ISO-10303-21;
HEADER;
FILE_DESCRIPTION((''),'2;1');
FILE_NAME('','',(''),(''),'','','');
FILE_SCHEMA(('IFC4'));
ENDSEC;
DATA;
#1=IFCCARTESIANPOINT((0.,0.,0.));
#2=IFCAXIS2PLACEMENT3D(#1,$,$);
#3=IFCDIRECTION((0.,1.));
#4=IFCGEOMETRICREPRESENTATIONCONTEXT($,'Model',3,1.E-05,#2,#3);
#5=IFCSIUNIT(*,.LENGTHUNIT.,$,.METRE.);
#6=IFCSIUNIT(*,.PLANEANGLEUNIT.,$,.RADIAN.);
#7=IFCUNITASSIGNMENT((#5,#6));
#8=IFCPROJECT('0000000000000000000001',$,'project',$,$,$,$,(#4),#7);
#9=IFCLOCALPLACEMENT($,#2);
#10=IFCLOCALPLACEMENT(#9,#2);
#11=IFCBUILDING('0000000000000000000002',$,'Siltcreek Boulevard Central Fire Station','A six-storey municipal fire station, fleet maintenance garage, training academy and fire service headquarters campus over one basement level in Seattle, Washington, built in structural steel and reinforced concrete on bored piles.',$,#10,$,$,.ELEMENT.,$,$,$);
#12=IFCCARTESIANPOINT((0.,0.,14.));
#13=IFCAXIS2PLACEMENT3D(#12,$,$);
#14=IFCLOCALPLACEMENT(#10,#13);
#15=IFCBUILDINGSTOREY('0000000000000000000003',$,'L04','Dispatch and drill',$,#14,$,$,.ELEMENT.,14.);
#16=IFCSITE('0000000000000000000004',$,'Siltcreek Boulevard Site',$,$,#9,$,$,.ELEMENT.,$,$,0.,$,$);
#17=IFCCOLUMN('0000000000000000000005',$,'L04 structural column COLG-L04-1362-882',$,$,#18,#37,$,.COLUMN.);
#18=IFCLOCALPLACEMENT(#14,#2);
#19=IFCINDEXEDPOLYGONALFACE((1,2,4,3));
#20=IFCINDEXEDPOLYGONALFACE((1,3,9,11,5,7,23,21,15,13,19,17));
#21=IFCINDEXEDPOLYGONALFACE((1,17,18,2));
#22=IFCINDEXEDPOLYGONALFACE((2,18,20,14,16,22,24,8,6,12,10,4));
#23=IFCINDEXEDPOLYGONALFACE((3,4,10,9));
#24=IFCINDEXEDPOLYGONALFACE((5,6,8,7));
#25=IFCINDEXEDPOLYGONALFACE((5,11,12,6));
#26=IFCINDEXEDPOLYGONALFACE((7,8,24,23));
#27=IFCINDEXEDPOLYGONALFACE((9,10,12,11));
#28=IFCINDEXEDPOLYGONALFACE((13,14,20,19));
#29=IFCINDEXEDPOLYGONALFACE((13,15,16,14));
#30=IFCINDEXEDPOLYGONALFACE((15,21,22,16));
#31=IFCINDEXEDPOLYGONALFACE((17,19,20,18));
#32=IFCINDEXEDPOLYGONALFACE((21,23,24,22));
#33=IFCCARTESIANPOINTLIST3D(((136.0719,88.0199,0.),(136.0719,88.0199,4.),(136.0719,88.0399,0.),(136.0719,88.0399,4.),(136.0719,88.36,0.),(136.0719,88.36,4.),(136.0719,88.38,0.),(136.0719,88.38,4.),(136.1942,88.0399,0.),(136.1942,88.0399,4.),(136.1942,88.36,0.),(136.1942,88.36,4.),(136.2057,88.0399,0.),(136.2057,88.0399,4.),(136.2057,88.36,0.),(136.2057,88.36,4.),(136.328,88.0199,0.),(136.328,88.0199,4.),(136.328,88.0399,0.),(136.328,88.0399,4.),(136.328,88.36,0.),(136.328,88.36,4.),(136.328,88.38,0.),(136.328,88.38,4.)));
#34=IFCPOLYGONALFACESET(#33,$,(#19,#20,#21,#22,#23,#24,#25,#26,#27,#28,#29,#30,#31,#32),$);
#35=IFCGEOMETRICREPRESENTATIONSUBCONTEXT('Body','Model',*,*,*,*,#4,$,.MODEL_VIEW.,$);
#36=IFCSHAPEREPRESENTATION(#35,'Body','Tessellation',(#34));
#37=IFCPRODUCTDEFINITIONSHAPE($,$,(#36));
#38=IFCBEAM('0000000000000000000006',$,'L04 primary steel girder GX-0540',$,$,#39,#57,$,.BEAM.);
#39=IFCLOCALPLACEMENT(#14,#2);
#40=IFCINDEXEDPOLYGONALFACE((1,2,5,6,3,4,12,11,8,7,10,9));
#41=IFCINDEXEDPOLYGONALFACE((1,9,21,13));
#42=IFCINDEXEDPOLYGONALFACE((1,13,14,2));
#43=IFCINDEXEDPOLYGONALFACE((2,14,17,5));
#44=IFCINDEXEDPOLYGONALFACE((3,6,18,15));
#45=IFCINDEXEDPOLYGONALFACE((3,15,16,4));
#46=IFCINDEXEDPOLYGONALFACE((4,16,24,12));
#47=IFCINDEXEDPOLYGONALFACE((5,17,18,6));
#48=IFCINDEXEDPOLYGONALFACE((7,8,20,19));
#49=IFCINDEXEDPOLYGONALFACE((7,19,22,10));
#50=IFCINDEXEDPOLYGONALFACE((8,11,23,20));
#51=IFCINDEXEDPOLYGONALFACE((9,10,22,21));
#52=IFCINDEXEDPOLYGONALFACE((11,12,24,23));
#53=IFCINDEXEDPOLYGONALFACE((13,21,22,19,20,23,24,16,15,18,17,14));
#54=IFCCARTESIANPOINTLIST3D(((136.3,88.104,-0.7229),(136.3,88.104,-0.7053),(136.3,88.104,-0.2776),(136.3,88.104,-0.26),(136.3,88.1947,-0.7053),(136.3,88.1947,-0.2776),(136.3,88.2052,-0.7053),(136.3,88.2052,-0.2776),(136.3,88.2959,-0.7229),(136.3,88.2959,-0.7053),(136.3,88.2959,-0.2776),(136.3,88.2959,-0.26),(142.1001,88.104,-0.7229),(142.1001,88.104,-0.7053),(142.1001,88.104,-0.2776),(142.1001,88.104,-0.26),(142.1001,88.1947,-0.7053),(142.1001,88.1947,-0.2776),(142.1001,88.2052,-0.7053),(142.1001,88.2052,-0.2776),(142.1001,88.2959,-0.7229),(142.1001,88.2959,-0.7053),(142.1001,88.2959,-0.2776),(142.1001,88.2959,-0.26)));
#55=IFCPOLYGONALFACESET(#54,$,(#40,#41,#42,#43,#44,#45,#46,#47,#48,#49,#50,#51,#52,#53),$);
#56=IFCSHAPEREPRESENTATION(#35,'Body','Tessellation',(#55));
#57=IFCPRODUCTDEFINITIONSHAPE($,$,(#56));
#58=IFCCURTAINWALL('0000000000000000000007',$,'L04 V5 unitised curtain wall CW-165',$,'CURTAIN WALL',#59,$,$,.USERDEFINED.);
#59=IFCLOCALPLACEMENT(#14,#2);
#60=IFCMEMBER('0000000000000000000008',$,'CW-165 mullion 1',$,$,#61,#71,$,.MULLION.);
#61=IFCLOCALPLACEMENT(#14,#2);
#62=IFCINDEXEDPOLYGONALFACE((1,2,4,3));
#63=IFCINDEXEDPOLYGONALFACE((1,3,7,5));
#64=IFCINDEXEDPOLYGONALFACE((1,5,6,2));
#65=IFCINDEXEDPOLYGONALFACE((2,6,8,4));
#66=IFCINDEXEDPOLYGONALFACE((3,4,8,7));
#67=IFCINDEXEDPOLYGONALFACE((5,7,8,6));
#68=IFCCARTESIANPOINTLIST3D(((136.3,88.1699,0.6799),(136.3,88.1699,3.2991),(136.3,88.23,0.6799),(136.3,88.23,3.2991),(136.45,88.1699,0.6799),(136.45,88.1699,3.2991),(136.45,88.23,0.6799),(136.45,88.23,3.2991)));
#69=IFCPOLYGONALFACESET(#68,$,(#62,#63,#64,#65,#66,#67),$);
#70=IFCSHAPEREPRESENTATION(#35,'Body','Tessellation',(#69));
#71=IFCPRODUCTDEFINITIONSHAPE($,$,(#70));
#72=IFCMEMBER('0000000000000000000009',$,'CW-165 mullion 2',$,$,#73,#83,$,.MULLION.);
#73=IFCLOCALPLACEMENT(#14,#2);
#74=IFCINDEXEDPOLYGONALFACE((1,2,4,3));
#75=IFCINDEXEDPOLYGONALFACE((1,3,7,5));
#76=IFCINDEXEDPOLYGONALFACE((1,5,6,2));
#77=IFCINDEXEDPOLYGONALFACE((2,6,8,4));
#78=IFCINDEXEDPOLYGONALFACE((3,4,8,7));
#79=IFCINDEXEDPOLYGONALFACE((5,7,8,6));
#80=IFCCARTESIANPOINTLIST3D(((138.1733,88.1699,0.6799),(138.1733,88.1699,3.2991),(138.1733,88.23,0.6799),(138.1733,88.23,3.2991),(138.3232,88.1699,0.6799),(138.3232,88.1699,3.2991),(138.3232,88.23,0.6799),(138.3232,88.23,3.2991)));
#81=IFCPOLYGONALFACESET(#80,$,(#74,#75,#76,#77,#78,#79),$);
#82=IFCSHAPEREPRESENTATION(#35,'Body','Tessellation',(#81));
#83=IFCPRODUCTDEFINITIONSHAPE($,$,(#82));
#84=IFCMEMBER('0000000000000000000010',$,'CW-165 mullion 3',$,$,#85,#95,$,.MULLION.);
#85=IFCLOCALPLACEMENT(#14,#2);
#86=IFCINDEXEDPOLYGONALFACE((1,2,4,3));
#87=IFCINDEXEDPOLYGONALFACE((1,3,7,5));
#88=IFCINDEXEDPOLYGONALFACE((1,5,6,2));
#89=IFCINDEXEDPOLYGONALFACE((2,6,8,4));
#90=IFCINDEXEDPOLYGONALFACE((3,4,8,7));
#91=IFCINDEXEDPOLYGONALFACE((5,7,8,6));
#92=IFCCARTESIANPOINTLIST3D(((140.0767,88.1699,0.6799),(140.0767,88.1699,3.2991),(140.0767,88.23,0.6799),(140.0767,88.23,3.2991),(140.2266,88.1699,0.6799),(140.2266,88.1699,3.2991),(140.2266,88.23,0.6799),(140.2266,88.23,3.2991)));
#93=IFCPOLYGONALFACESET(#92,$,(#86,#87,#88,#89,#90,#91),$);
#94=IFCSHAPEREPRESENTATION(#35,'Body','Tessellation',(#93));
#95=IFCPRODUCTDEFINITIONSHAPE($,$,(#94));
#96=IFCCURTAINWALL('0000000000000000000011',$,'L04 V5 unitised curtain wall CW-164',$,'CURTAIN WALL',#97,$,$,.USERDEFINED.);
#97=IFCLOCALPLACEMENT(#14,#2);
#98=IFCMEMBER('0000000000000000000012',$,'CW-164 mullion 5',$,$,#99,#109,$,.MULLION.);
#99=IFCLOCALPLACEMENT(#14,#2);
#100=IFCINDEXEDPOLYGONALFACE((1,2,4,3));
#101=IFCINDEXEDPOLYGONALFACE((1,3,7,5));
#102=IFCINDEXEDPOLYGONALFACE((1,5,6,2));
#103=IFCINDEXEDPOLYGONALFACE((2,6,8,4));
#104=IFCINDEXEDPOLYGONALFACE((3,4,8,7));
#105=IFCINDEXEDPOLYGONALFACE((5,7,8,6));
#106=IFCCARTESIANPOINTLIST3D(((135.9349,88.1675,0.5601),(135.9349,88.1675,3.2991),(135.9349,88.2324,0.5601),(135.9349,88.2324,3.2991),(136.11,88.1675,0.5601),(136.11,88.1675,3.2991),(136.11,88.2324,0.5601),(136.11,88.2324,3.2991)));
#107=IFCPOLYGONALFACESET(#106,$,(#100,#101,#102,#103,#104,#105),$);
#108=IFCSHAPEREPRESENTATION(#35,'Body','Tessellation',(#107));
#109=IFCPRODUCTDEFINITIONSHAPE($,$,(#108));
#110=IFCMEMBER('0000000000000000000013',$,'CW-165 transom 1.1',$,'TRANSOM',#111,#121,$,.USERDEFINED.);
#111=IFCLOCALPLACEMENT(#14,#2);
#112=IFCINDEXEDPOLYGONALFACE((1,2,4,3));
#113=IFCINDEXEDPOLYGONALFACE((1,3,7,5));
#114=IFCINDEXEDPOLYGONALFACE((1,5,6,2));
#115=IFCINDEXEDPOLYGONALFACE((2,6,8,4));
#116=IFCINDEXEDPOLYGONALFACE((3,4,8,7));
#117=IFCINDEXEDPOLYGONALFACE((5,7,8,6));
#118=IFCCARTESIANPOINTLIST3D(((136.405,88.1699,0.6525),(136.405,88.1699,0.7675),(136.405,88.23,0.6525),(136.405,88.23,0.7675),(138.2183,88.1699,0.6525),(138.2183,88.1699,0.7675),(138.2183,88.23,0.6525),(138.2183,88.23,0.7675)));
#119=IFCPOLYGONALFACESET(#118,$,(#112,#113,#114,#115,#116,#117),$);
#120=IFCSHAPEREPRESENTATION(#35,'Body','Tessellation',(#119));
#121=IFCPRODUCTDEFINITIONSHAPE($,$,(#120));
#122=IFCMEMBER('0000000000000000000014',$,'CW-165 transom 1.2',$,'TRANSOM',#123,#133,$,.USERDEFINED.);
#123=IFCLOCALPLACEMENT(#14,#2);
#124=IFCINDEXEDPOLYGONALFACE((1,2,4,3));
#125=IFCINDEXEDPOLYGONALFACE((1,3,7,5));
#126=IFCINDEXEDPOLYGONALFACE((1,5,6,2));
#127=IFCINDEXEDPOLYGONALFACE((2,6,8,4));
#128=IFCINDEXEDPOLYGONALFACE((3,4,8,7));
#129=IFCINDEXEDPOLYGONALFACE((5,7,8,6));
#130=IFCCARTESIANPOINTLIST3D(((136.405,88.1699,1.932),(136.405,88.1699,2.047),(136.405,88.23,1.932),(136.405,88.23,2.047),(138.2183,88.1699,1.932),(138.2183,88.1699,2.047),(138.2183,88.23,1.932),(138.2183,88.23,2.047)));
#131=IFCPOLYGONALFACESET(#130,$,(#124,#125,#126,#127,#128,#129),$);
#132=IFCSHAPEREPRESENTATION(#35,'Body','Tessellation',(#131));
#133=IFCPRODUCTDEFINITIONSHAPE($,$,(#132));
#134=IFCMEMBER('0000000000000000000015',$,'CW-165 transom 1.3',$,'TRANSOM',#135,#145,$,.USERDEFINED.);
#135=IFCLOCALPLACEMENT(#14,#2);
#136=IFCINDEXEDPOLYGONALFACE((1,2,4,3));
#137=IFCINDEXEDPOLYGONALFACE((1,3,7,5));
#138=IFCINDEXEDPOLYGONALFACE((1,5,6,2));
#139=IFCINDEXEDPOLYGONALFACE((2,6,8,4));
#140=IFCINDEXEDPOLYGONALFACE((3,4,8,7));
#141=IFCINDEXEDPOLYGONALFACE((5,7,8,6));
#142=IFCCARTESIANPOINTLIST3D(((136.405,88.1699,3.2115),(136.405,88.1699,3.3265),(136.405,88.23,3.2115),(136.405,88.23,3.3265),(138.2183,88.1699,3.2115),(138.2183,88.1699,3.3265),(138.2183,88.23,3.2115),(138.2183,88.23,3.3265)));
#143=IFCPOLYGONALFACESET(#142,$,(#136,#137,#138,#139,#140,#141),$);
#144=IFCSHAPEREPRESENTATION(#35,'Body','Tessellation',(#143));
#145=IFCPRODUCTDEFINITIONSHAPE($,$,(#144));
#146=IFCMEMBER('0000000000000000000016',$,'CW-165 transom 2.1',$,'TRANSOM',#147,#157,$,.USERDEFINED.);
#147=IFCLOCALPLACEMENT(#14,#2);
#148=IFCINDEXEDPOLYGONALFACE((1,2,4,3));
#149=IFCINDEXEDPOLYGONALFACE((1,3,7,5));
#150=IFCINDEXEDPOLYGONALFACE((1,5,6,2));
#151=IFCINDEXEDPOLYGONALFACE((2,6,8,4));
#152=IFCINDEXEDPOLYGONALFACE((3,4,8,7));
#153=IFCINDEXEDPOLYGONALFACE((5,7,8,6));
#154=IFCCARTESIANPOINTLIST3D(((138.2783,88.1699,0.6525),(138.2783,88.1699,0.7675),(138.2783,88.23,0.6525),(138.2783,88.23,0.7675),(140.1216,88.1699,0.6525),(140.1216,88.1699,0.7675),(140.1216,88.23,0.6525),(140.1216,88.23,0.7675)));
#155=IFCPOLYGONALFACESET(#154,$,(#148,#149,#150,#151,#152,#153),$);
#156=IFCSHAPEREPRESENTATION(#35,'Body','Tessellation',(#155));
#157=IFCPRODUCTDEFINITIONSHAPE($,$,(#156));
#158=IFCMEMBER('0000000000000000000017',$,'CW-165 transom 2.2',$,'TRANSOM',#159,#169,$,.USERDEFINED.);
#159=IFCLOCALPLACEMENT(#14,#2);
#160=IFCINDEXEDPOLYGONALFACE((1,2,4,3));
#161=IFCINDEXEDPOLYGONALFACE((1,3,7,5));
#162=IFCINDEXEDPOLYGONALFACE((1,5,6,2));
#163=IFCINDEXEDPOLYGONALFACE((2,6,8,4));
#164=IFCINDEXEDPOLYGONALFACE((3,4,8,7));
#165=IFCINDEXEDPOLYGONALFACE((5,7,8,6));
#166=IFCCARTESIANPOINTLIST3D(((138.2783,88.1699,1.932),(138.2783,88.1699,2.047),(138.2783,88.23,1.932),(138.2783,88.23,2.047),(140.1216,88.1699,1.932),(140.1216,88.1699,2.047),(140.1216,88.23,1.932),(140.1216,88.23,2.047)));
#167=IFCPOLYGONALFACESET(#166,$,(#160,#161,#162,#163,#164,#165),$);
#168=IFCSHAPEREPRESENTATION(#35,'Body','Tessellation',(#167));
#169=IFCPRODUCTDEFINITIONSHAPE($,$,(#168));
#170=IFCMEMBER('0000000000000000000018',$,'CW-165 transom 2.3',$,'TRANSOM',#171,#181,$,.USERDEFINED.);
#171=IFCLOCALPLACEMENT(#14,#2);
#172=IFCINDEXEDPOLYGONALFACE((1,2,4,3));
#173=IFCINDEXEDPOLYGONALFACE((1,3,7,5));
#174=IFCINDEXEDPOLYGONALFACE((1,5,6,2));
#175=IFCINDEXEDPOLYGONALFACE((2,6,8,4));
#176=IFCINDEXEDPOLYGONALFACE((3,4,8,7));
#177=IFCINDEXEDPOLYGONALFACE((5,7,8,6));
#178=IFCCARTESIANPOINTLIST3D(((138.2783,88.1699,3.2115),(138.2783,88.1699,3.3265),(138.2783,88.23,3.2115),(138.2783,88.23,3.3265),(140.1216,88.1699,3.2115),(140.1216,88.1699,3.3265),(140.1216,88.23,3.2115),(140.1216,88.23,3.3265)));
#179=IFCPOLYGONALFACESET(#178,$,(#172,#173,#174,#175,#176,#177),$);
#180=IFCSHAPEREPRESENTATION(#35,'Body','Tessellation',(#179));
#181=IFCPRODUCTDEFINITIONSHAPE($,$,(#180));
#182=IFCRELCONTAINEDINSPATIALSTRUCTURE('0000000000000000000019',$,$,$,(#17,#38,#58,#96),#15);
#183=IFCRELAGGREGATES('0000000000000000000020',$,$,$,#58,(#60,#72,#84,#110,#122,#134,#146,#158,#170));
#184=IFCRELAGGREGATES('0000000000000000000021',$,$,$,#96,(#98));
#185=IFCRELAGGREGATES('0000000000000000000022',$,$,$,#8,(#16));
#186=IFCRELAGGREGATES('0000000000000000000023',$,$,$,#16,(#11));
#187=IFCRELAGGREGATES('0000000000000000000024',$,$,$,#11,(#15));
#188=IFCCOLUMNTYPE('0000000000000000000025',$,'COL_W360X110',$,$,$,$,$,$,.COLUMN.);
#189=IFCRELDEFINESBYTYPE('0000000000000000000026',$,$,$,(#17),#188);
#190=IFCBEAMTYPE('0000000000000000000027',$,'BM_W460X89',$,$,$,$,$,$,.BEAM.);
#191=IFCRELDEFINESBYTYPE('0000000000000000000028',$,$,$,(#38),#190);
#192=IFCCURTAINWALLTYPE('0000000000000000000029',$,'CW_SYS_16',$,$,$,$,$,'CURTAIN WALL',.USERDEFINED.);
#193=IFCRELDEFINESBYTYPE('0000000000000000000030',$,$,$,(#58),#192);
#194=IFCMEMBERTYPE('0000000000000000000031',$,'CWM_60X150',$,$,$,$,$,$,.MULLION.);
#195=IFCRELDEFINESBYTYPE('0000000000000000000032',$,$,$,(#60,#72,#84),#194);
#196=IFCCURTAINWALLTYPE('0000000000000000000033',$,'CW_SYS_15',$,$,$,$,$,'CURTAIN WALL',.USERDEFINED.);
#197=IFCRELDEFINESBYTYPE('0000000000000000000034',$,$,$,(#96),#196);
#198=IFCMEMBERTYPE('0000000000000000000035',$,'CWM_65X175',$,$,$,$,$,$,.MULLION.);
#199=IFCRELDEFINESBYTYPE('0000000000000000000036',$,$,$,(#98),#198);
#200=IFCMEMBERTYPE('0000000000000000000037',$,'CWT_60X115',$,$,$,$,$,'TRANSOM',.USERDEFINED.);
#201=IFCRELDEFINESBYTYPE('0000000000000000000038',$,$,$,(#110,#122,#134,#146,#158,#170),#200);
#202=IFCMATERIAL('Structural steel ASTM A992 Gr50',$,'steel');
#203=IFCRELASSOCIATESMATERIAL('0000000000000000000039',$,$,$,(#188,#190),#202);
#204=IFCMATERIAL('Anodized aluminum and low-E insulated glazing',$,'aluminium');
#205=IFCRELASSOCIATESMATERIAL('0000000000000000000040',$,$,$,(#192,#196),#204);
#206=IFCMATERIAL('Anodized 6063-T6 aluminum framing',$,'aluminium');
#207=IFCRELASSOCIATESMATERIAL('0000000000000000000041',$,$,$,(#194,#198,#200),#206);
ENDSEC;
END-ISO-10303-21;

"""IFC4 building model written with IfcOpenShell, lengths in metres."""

from ifc_helpers import new_model, si_unit, direction, frame, origin, origin_2d, place, context, subcontext, project, spatial, rectangle, i_section, extrude, material, material_profile, profile_set, type_object, element, aggregate, save


model = new_model("IFC4")

# Units and contexts
model_context = context("Model", 3, precision=1e-05, world=origin(), true_north=direction((0.0, 1.0)))
body_context = subcontext(model_context, "Body", "Model", "MODEL_VIEW")
ifc_project = project(units=[si_unit("LENGTHUNIT", "METRE"), si_unit("PLANEANGLEUNIT", "RADIAN")], contexts=[model_context])

# Site, building, storey
site_placement = place(None, origin())
site = spatial("IfcSite", under=ifc_project, at=site_placement, Name="Siltcreek Boulevard Site", CompositionType="ELEMENT", RefElevation=0.0)
building_placement = place(site_placement, origin())
building = spatial("IfcBuilding", under=site, at=building_placement, Name="Siltcreek Boulevard Central Fire Station", Description="A six-storey municipal fire station, fleet maintenance garage, training academy and fire service headquarters campus over one basement level in Seattle, Washington, built in structural steel and reinforced concrete on bored piles.", CompositionType="ELEMENT")
storey_placement = place(building_placement, frame((0.0, 0.0, 14.0)))
storey = spatial("IfcBuildingStorey", under=building, at=storey_placement, Name="L04", Description="Dispatch and drill", CompositionType="ELEMENT", Elevation=14.0)

# Column
ifc_material_1 = material(Name="Structural steel ASTM A992 Gr50", Category="steel")
ifc_material_profile_1 = material_profile(ifc_material_1, i_section(OverallWidth=0.2561, OverallDepth=0.3601, WebThickness=0.0115, FlangeThickness=0.02, at=origin_2d()), Name="W360X110")
ifc_profile_set_1 = profile_set([ifc_material_profile_1], Name="Structural steel ASTM A992 Gr50")
column_type = type_object("IfcColumnType", Name="COL_W360X110", PredefinedType="COLUMN", material=ifc_profile_set_1)
column_placement = place(storey_placement, frame((136.2, 88.2, 0.0), z_axis=(0.0, 0.0, 1.0), x_axis=(1.0, 0.0, 0.0)))
element("IfcColumn", 1, at=column_placement, inside=storey, type_object=column_type, Name="L04 structural column COLG-L04-1362-882", PredefinedType="COLUMN", context=body_context, shape_type="SweptSolid", body=[
    extrude(i_section(OverallWidth=0.2561, OverallDepth=0.3601, WebThickness=0.0115, FlangeThickness=0.02, at=origin_2d()), origin(), (0.0, 0.0, 1.0), 4.0),
])

# Beam
ifc_material_profile_2 = material_profile(ifc_material_1, i_section(OverallWidth=0.1919, OverallDepth=0.4629, WebThickness=0.0105, FlangeThickness=0.0176, at=origin_2d()), Name="W460X89")
ifc_profile_set_2 = profile_set([ifc_material_profile_2], Name="Structural steel ASTM A992 Gr50")
beam_type = type_object("IfcBeamType", Name="BM_W460X89", PredefinedType="BEAM", material=ifc_profile_set_2)
beam_placement = place(storey_placement, frame((136.3, 88.2, -0.4915), z_axis=(1.0, 0.0, 0.0), x_axis=(0.0, 1.0, 0.0)))
element("IfcBeam", 2, at=beam_placement, inside=storey, type_object=beam_type, Name="L04 primary steel girder GX-0540", PredefinedType="BEAM", context=body_context, shape_type="SweptSolid", body=[
    extrude(i_section(OverallWidth=0.1919, OverallDepth=0.4629, WebThickness=0.0105, FlangeThickness=0.0176, at=origin_2d()), origin(), (0.0, 0.0, 1.0), 5.8),
])

# Curtain wall, members
ifc_material_2 = material(Name="Anodized aluminum and low-E insulated glazing", Category="aluminium")
curtain_wall_type_1 = type_object("IfcCurtainWallType", Name="CW_SYS_16", ElementType="CURTAIN WALL", PredefinedType="USERDEFINED", material=ifc_material_2)
curtain_wall_1_placement = place(storey_placement, origin())
curtain_wall_1 = element("IfcCurtainWall", 3, at=curtain_wall_1_placement, inside=storey, type_object=curtain_wall_type_1, Name="L04 V5 unitised curtain wall CW-165", ObjectType="CURTAIN WALL", PredefinedType="USERDEFINED")
ifc_material_3 = material(Name="Anodized 6063-T6 aluminum framing", Category="aluminium")
ifc_material_profile_3 = material_profile(ifc_material_3, rectangle(XDim=0.0601, YDim=0.1499, at=origin_2d()), Name="MULL60X150")
ifc_profile_set_3 = profile_set([ifc_material_profile_3], Name="Anodized 6063-T6 aluminum framing")
member_type_1 = type_object("IfcMemberType", Name="CWM_60X150", PredefinedType="MULLION", material=ifc_profile_set_3)
member_1_placement = place(storey_placement, frame((136.375, 88.2, 0.6799), z_axis=(0.0, 0.0, 1.0), x_axis=(0.0, 1.0, 0.0)))
member_1 = element("IfcMember", 4, at=member_1_placement, type_object=member_type_1, Name="CW-165 mullion 1", PredefinedType="MULLION", context=body_context, shape_type="SweptSolid", body=[
    extrude(rectangle(XDim=0.0601, YDim=0.1499, at=origin_2d()), origin(), (0.0, 0.0, 1.0), 2.6191),
])
member_2_placement = place(storey_placement, frame((138.2483, 88.2, 0.6799), z_axis=(0.0, 0.0, 1.0), x_axis=(0.0, 1.0, 0.0)))
member_2 = element("IfcMember", 5, at=member_2_placement, type_object=member_type_1, Name="CW-165 mullion 2", PredefinedType="MULLION", context=body_context, shape_type="SweptSolid", body=[
    extrude(rectangle(XDim=0.0601, YDim=0.1499, at=origin_2d()), origin(), (0.0, 0.0, 1.0), 2.6191),
])
member_3_placement = place(storey_placement, frame((140.1516, 88.2, 0.6799), z_axis=(0.0, 0.0, 1.0), x_axis=(0.0, 1.0, 0.0)))
member_3 = element("IfcMember", 6, at=member_3_placement, type_object=member_type_1, Name="CW-165 mullion 3", PredefinedType="MULLION", context=body_context, shape_type="SweptSolid", body=[
    extrude(rectangle(XDim=0.0601, YDim=0.1499, at=origin_2d()), origin(), (0.0, 0.0, 1.0), 2.6191),
])

# Curtain wall, member
curtain_wall_type_2 = type_object("IfcCurtainWallType", Name="CW_SYS_15", ElementType="CURTAIN WALL", PredefinedType="USERDEFINED", material=ifc_material_2)
curtain_wall_2_placement = place(storey_placement, origin())
curtain_wall_2 = element("IfcCurtainWall", 7, at=curtain_wall_2_placement, inside=storey, type_object=curtain_wall_type_2, Name="L04 V5 unitised curtain wall CW-164", ObjectType="CURTAIN WALL", PredefinedType="USERDEFINED")
ifc_material_profile_4 = material_profile(ifc_material_3, rectangle(XDim=0.0649, YDim=0.175, at=origin_2d()), Name="MULL65X175")
ifc_profile_set_4 = profile_set([ifc_material_profile_4], Name="Anodized 6063-T6 aluminum framing")
member_type_2 = type_object("IfcMemberType", Name="CWM_65X175", PredefinedType="MULLION", material=ifc_profile_set_4)
member_4_placement = place(storey_placement, frame((136.0225, 88.2, 0.5601), z_axis=(0.0, 0.0, 1.0), x_axis=(0.0, 1.0, 0.0)))
member_4 = element("IfcMember", 8, at=member_4_placement, type_object=member_type_2, Name="CW-164 mullion 5", PredefinedType="MULLION", context=body_context, shape_type="SweptSolid", body=[
    extrude(rectangle(XDim=0.0649, YDim=0.175, at=origin_2d()), origin(), (0.0, 0.0, 1.0), 2.739),
])

# Members
ifc_material_profile_5 = material_profile(ifc_material_3, rectangle(XDim=0.0601, YDim=0.115, at=origin_2d()), Name="TRAN60X115")
ifc_profile_set_5 = profile_set([ifc_material_profile_5], Name="Anodized 6063-T6 aluminum framing")
member_type_3 = type_object("IfcMemberType", Name="CWT_60X115", ElementType="TRANSOM", PredefinedType="USERDEFINED", material=ifc_profile_set_5)
member_5_placement = place(storey_placement, frame((136.405, 88.2, 0.71), z_axis=(1.0, 0.0, 0.0), x_axis=(0.0, 1.0, 0.0)))
member_5 = element("IfcMember", 9, at=member_5_placement, type_object=member_type_3, Name="CW-165 transom 1.1", ObjectType="TRANSOM", PredefinedType="USERDEFINED", context=body_context, shape_type="SweptSolid", body=[
    extrude(rectangle(XDim=0.0601, YDim=0.115, at=origin_2d()), origin(), (0.0, 0.0, 1.0), 1.8132),
])
member_6_placement = place(storey_placement, frame((136.405, 88.2, 1.9895), z_axis=(1.0, 0.0, 0.0), x_axis=(0.0, 1.0, 0.0)))
member_6 = element("IfcMember", 10, at=member_6_placement, type_object=member_type_3, Name="CW-165 transom 1.2", ObjectType="TRANSOM", PredefinedType="USERDEFINED", context=body_context, shape_type="SweptSolid", body=[
    extrude(rectangle(XDim=0.0601, YDim=0.115, at=origin_2d()), origin(), (0.0, 0.0, 1.0), 1.8132),
])
member_7_placement = place(storey_placement, frame((136.405, 88.2, 3.269), z_axis=(1.0, 0.0, 0.0), x_axis=(0.0, 1.0, 0.0)))
member_7 = element("IfcMember", 11, at=member_7_placement, type_object=member_type_3, Name="CW-165 transom 1.3", ObjectType="TRANSOM", PredefinedType="USERDEFINED", context=body_context, shape_type="SweptSolid", body=[
    extrude(rectangle(XDim=0.0601, YDim=0.115, at=origin_2d()), origin(), (0.0, 0.0, 1.0), 1.8132),
])
member_8_placement = place(storey_placement, frame((138.2783, 88.2, 0.71), z_axis=(1.0, 0.0, 0.0), x_axis=(0.0, 1.0, 0.0)))
member_8 = element("IfcMember", 12, at=member_8_placement, type_object=member_type_3, Name="CW-165 transom 2.1", ObjectType="TRANSOM", PredefinedType="USERDEFINED", context=body_context, shape_type="SweptSolid", body=[
    extrude(rectangle(XDim=0.0601, YDim=0.115, at=origin_2d()), origin(), (0.0, 0.0, 1.0), 1.8433),
])
member_9_placement = place(storey_placement, frame((138.2783, 88.2, 1.9895), z_axis=(1.0, 0.0, 0.0), x_axis=(0.0, 1.0, 0.0)))
member_9 = element("IfcMember", 13, at=member_9_placement, type_object=member_type_3, Name="CW-165 transom 2.2", ObjectType="TRANSOM", PredefinedType="USERDEFINED", context=body_context, shape_type="SweptSolid", body=[
    extrude(rectangle(XDim=0.0601, YDim=0.115, at=origin_2d()), origin(), (0.0, 0.0, 1.0), 1.8433),
])
member_10_placement = place(storey_placement, frame((138.2783, 88.2, 3.269), z_axis=(1.0, 0.0, 0.0), x_axis=(0.0, 1.0, 0.0)))
member_10 = element("IfcMember", 14, at=member_10_placement, type_object=member_type_3, Name="CW-165 transom 2.3", ObjectType="TRANSOM", PredefinedType="USERDEFINED", context=body_context, shape_type="SweptSolid", body=[
    extrude(rectangle(XDim=0.0601, YDim=0.115, at=origin_2d()), origin(), (0.0, 0.0, 1.0), 1.8433),
])

aggregate(curtain_wall_1, [member_1, member_2, member_3, member_5, member_6, member_7, member_8, member_9, member_10])
aggregate(curtain_wall_2, [member_4])

save(model, "model.ifc")
